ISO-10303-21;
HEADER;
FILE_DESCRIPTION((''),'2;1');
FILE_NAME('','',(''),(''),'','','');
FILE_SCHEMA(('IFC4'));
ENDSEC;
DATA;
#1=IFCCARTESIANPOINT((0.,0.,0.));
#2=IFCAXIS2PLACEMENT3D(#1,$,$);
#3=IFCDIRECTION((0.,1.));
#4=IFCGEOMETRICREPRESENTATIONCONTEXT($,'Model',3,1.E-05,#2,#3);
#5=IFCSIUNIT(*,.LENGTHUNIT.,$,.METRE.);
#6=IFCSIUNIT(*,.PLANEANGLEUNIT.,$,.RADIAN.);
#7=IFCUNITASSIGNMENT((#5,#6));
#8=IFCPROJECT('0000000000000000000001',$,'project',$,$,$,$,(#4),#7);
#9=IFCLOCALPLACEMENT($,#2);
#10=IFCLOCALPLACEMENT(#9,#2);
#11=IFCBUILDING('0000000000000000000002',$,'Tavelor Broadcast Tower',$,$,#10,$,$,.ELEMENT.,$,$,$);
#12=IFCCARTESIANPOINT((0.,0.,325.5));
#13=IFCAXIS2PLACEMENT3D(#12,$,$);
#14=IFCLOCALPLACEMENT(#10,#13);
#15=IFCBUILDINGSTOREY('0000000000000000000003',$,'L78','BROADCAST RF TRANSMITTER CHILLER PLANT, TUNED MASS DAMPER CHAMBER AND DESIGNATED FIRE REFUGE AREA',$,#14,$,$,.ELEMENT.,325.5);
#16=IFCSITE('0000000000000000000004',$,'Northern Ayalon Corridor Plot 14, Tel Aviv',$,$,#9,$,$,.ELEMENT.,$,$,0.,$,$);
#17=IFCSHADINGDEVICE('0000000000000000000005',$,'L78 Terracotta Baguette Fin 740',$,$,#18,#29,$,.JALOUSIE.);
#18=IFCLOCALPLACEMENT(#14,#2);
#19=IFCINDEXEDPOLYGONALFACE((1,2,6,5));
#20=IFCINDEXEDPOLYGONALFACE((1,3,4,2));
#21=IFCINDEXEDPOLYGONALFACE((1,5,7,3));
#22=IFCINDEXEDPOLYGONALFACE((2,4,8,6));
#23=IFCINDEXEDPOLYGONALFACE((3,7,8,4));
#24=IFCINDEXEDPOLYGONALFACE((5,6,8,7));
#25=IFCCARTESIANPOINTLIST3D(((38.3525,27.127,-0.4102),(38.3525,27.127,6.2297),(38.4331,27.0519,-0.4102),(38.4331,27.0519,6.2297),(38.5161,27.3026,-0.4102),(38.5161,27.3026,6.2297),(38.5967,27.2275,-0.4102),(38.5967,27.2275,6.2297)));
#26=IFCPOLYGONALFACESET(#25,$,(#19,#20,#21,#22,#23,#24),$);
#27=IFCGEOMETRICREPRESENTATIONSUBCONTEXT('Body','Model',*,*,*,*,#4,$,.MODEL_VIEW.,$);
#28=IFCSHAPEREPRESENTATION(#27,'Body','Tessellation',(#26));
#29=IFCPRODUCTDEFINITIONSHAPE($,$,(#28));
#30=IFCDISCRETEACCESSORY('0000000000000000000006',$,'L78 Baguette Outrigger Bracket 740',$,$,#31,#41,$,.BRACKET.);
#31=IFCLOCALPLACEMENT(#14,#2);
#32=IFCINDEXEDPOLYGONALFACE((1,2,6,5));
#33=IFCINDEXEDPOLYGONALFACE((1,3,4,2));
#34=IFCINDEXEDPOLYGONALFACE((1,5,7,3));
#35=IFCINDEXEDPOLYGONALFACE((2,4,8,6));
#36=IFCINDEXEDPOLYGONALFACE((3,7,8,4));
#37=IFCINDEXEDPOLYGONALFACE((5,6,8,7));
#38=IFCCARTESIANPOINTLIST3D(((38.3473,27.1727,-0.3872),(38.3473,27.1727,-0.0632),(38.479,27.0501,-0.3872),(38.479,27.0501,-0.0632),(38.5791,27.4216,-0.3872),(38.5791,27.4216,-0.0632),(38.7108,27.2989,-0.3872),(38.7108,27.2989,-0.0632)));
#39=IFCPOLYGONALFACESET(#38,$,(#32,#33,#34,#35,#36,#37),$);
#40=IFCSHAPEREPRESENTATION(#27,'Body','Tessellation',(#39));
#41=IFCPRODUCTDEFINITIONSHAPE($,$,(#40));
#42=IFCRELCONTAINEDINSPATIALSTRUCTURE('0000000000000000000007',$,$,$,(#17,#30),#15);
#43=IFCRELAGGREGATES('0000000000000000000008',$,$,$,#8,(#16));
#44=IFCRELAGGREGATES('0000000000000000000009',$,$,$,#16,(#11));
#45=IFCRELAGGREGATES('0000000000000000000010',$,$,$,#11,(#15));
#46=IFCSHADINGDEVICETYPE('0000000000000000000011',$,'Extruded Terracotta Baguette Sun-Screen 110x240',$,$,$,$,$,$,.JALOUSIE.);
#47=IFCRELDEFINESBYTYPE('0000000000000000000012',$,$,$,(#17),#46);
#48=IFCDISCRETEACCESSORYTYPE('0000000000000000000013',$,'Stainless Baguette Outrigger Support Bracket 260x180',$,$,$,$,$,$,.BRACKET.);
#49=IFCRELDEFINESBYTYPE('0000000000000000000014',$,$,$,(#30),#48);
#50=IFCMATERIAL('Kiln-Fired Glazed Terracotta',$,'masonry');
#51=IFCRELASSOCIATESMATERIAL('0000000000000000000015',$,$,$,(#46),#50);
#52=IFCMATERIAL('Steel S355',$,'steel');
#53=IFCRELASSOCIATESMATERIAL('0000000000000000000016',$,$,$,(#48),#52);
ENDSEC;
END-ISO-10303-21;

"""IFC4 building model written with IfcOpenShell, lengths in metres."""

from ifc_helpers import new_model, si_unit, direction, frame, origin, origin_2d, place, context, subcontext, project, spatial, rectangle, extrude, source, transform, mapped, material, type_object, type_shapes, element, save


model = new_model("IFC4")

# Units and contexts
model_context = context("Model", 3, precision=1e-05, world=origin(), true_north=direction((0.0, 1.0)))
body_context = subcontext(model_context, "Body", "Model", "MODEL_VIEW")
ifc_project = project(units=[si_unit("LENGTHUNIT", "METRE"), si_unit("PLANEANGLEUNIT", "RADIAN")], contexts=[model_context])

# Site, building, storey
site_placement = place(None, origin())
site = spatial("IfcSite", under=ifc_project, at=site_placement, Name="Northern Ayalon Corridor Plot 14, Tel Aviv", CompositionType="ELEMENT", RefElevation=0.0)
building_placement = place(site_placement, origin())
building = spatial("IfcBuilding", under=site, at=building_placement, Name="Tavelor Broadcast Tower", CompositionType="ELEMENT")
storey_placement = place(building_placement, frame((0.0, 0.0, 325.5)))
storey = spatial("IfcBuildingStorey", under=building, at=storey_placement, Name="L78", Description="BROADCAST RF TRANSMITTER CHILLER PLANT, TUNED MASS DAMPER CHAMBER AND DESIGNATED FIRE REFUGE AREA", CompositionType="ELEMENT", Elevation=325.5)

# Shading device
ifc_material_1 = material(Name="Kiln-Fired Glazed Terracotta", Category="masonry")
shading_device_type = type_object("IfcShadingDeviceType", Name="Extruded Terracotta Baguette Sun-Screen 110x240", PredefinedType="JALOUSIE", material=ifc_material_1)
shared_shape_1 = source(origin(), body_context, "Body", "SweptSolid", [
    extrude(rectangle(XDim=0.1101, YDim=0.24, at=origin_2d()), origin(), (0.0, 0.0, 1.0), 6.6399),
])
type_shapes(shading_device_type, [shared_shape_1])
shading_device_placement = place(storey_placement, frame((38.4746, 27.1772, -0.4102), z_axis=(0.0, 0.0, 1.0), x_axis=(0.731711, -0.681615, 0.0)))
element("IfcShadingDevice", 1, at=shading_device_placement, inside=storey, type_object=shading_device_type, Name="L78 Terracotta Baguette Fin 740", PredefinedType="JALOUSIE", context=body_context, shape_type="MappedRepresentation", body=[
    mapped(shared_shape_1, transform((0.0, 0.0, 0.0), scale=1.0)),
])

# Discrete accessory
ifc_material_2 = material(Name="Steel S355", Category="steel")
discrete_accessory_type = type_object("IfcDiscreteAccessoryType", Name="Stainless Baguette Outrigger Support Bracket 260x180", PredefinedType="BRACKET", material=ifc_material_2)
shared_shape_2 = source(origin(), body_context, "Body", "SweptSolid", [
    extrude(rectangle(XDim=0.1799, YDim=0.3401, at=origin_2d()), origin(), (0.0, 0.0, 1.0), 0.324),
])
type_shapes(discrete_accessory_type, [shared_shape_2])
discrete_accessory_placement = place(storey_placement, frame((38.5291, 27.2358, -0.3872), z_axis=(0.0, 0.0, 1.0), x_axis=(0.731711, -0.681615, 0.0)))
element("IfcDiscreteAccessory", 2, at=discrete_accessory_placement, inside=storey, type_object=discrete_accessory_type, Name="L78 Baguette Outrigger Bracket 740", PredefinedType="BRACKET", context=body_context, shape_type="MappedRepresentation", body=[
    mapped(shared_shape_2, transform((0.0, 0.0, 0.0), scale=1.0)),
])

save(model, "model.ifc")
